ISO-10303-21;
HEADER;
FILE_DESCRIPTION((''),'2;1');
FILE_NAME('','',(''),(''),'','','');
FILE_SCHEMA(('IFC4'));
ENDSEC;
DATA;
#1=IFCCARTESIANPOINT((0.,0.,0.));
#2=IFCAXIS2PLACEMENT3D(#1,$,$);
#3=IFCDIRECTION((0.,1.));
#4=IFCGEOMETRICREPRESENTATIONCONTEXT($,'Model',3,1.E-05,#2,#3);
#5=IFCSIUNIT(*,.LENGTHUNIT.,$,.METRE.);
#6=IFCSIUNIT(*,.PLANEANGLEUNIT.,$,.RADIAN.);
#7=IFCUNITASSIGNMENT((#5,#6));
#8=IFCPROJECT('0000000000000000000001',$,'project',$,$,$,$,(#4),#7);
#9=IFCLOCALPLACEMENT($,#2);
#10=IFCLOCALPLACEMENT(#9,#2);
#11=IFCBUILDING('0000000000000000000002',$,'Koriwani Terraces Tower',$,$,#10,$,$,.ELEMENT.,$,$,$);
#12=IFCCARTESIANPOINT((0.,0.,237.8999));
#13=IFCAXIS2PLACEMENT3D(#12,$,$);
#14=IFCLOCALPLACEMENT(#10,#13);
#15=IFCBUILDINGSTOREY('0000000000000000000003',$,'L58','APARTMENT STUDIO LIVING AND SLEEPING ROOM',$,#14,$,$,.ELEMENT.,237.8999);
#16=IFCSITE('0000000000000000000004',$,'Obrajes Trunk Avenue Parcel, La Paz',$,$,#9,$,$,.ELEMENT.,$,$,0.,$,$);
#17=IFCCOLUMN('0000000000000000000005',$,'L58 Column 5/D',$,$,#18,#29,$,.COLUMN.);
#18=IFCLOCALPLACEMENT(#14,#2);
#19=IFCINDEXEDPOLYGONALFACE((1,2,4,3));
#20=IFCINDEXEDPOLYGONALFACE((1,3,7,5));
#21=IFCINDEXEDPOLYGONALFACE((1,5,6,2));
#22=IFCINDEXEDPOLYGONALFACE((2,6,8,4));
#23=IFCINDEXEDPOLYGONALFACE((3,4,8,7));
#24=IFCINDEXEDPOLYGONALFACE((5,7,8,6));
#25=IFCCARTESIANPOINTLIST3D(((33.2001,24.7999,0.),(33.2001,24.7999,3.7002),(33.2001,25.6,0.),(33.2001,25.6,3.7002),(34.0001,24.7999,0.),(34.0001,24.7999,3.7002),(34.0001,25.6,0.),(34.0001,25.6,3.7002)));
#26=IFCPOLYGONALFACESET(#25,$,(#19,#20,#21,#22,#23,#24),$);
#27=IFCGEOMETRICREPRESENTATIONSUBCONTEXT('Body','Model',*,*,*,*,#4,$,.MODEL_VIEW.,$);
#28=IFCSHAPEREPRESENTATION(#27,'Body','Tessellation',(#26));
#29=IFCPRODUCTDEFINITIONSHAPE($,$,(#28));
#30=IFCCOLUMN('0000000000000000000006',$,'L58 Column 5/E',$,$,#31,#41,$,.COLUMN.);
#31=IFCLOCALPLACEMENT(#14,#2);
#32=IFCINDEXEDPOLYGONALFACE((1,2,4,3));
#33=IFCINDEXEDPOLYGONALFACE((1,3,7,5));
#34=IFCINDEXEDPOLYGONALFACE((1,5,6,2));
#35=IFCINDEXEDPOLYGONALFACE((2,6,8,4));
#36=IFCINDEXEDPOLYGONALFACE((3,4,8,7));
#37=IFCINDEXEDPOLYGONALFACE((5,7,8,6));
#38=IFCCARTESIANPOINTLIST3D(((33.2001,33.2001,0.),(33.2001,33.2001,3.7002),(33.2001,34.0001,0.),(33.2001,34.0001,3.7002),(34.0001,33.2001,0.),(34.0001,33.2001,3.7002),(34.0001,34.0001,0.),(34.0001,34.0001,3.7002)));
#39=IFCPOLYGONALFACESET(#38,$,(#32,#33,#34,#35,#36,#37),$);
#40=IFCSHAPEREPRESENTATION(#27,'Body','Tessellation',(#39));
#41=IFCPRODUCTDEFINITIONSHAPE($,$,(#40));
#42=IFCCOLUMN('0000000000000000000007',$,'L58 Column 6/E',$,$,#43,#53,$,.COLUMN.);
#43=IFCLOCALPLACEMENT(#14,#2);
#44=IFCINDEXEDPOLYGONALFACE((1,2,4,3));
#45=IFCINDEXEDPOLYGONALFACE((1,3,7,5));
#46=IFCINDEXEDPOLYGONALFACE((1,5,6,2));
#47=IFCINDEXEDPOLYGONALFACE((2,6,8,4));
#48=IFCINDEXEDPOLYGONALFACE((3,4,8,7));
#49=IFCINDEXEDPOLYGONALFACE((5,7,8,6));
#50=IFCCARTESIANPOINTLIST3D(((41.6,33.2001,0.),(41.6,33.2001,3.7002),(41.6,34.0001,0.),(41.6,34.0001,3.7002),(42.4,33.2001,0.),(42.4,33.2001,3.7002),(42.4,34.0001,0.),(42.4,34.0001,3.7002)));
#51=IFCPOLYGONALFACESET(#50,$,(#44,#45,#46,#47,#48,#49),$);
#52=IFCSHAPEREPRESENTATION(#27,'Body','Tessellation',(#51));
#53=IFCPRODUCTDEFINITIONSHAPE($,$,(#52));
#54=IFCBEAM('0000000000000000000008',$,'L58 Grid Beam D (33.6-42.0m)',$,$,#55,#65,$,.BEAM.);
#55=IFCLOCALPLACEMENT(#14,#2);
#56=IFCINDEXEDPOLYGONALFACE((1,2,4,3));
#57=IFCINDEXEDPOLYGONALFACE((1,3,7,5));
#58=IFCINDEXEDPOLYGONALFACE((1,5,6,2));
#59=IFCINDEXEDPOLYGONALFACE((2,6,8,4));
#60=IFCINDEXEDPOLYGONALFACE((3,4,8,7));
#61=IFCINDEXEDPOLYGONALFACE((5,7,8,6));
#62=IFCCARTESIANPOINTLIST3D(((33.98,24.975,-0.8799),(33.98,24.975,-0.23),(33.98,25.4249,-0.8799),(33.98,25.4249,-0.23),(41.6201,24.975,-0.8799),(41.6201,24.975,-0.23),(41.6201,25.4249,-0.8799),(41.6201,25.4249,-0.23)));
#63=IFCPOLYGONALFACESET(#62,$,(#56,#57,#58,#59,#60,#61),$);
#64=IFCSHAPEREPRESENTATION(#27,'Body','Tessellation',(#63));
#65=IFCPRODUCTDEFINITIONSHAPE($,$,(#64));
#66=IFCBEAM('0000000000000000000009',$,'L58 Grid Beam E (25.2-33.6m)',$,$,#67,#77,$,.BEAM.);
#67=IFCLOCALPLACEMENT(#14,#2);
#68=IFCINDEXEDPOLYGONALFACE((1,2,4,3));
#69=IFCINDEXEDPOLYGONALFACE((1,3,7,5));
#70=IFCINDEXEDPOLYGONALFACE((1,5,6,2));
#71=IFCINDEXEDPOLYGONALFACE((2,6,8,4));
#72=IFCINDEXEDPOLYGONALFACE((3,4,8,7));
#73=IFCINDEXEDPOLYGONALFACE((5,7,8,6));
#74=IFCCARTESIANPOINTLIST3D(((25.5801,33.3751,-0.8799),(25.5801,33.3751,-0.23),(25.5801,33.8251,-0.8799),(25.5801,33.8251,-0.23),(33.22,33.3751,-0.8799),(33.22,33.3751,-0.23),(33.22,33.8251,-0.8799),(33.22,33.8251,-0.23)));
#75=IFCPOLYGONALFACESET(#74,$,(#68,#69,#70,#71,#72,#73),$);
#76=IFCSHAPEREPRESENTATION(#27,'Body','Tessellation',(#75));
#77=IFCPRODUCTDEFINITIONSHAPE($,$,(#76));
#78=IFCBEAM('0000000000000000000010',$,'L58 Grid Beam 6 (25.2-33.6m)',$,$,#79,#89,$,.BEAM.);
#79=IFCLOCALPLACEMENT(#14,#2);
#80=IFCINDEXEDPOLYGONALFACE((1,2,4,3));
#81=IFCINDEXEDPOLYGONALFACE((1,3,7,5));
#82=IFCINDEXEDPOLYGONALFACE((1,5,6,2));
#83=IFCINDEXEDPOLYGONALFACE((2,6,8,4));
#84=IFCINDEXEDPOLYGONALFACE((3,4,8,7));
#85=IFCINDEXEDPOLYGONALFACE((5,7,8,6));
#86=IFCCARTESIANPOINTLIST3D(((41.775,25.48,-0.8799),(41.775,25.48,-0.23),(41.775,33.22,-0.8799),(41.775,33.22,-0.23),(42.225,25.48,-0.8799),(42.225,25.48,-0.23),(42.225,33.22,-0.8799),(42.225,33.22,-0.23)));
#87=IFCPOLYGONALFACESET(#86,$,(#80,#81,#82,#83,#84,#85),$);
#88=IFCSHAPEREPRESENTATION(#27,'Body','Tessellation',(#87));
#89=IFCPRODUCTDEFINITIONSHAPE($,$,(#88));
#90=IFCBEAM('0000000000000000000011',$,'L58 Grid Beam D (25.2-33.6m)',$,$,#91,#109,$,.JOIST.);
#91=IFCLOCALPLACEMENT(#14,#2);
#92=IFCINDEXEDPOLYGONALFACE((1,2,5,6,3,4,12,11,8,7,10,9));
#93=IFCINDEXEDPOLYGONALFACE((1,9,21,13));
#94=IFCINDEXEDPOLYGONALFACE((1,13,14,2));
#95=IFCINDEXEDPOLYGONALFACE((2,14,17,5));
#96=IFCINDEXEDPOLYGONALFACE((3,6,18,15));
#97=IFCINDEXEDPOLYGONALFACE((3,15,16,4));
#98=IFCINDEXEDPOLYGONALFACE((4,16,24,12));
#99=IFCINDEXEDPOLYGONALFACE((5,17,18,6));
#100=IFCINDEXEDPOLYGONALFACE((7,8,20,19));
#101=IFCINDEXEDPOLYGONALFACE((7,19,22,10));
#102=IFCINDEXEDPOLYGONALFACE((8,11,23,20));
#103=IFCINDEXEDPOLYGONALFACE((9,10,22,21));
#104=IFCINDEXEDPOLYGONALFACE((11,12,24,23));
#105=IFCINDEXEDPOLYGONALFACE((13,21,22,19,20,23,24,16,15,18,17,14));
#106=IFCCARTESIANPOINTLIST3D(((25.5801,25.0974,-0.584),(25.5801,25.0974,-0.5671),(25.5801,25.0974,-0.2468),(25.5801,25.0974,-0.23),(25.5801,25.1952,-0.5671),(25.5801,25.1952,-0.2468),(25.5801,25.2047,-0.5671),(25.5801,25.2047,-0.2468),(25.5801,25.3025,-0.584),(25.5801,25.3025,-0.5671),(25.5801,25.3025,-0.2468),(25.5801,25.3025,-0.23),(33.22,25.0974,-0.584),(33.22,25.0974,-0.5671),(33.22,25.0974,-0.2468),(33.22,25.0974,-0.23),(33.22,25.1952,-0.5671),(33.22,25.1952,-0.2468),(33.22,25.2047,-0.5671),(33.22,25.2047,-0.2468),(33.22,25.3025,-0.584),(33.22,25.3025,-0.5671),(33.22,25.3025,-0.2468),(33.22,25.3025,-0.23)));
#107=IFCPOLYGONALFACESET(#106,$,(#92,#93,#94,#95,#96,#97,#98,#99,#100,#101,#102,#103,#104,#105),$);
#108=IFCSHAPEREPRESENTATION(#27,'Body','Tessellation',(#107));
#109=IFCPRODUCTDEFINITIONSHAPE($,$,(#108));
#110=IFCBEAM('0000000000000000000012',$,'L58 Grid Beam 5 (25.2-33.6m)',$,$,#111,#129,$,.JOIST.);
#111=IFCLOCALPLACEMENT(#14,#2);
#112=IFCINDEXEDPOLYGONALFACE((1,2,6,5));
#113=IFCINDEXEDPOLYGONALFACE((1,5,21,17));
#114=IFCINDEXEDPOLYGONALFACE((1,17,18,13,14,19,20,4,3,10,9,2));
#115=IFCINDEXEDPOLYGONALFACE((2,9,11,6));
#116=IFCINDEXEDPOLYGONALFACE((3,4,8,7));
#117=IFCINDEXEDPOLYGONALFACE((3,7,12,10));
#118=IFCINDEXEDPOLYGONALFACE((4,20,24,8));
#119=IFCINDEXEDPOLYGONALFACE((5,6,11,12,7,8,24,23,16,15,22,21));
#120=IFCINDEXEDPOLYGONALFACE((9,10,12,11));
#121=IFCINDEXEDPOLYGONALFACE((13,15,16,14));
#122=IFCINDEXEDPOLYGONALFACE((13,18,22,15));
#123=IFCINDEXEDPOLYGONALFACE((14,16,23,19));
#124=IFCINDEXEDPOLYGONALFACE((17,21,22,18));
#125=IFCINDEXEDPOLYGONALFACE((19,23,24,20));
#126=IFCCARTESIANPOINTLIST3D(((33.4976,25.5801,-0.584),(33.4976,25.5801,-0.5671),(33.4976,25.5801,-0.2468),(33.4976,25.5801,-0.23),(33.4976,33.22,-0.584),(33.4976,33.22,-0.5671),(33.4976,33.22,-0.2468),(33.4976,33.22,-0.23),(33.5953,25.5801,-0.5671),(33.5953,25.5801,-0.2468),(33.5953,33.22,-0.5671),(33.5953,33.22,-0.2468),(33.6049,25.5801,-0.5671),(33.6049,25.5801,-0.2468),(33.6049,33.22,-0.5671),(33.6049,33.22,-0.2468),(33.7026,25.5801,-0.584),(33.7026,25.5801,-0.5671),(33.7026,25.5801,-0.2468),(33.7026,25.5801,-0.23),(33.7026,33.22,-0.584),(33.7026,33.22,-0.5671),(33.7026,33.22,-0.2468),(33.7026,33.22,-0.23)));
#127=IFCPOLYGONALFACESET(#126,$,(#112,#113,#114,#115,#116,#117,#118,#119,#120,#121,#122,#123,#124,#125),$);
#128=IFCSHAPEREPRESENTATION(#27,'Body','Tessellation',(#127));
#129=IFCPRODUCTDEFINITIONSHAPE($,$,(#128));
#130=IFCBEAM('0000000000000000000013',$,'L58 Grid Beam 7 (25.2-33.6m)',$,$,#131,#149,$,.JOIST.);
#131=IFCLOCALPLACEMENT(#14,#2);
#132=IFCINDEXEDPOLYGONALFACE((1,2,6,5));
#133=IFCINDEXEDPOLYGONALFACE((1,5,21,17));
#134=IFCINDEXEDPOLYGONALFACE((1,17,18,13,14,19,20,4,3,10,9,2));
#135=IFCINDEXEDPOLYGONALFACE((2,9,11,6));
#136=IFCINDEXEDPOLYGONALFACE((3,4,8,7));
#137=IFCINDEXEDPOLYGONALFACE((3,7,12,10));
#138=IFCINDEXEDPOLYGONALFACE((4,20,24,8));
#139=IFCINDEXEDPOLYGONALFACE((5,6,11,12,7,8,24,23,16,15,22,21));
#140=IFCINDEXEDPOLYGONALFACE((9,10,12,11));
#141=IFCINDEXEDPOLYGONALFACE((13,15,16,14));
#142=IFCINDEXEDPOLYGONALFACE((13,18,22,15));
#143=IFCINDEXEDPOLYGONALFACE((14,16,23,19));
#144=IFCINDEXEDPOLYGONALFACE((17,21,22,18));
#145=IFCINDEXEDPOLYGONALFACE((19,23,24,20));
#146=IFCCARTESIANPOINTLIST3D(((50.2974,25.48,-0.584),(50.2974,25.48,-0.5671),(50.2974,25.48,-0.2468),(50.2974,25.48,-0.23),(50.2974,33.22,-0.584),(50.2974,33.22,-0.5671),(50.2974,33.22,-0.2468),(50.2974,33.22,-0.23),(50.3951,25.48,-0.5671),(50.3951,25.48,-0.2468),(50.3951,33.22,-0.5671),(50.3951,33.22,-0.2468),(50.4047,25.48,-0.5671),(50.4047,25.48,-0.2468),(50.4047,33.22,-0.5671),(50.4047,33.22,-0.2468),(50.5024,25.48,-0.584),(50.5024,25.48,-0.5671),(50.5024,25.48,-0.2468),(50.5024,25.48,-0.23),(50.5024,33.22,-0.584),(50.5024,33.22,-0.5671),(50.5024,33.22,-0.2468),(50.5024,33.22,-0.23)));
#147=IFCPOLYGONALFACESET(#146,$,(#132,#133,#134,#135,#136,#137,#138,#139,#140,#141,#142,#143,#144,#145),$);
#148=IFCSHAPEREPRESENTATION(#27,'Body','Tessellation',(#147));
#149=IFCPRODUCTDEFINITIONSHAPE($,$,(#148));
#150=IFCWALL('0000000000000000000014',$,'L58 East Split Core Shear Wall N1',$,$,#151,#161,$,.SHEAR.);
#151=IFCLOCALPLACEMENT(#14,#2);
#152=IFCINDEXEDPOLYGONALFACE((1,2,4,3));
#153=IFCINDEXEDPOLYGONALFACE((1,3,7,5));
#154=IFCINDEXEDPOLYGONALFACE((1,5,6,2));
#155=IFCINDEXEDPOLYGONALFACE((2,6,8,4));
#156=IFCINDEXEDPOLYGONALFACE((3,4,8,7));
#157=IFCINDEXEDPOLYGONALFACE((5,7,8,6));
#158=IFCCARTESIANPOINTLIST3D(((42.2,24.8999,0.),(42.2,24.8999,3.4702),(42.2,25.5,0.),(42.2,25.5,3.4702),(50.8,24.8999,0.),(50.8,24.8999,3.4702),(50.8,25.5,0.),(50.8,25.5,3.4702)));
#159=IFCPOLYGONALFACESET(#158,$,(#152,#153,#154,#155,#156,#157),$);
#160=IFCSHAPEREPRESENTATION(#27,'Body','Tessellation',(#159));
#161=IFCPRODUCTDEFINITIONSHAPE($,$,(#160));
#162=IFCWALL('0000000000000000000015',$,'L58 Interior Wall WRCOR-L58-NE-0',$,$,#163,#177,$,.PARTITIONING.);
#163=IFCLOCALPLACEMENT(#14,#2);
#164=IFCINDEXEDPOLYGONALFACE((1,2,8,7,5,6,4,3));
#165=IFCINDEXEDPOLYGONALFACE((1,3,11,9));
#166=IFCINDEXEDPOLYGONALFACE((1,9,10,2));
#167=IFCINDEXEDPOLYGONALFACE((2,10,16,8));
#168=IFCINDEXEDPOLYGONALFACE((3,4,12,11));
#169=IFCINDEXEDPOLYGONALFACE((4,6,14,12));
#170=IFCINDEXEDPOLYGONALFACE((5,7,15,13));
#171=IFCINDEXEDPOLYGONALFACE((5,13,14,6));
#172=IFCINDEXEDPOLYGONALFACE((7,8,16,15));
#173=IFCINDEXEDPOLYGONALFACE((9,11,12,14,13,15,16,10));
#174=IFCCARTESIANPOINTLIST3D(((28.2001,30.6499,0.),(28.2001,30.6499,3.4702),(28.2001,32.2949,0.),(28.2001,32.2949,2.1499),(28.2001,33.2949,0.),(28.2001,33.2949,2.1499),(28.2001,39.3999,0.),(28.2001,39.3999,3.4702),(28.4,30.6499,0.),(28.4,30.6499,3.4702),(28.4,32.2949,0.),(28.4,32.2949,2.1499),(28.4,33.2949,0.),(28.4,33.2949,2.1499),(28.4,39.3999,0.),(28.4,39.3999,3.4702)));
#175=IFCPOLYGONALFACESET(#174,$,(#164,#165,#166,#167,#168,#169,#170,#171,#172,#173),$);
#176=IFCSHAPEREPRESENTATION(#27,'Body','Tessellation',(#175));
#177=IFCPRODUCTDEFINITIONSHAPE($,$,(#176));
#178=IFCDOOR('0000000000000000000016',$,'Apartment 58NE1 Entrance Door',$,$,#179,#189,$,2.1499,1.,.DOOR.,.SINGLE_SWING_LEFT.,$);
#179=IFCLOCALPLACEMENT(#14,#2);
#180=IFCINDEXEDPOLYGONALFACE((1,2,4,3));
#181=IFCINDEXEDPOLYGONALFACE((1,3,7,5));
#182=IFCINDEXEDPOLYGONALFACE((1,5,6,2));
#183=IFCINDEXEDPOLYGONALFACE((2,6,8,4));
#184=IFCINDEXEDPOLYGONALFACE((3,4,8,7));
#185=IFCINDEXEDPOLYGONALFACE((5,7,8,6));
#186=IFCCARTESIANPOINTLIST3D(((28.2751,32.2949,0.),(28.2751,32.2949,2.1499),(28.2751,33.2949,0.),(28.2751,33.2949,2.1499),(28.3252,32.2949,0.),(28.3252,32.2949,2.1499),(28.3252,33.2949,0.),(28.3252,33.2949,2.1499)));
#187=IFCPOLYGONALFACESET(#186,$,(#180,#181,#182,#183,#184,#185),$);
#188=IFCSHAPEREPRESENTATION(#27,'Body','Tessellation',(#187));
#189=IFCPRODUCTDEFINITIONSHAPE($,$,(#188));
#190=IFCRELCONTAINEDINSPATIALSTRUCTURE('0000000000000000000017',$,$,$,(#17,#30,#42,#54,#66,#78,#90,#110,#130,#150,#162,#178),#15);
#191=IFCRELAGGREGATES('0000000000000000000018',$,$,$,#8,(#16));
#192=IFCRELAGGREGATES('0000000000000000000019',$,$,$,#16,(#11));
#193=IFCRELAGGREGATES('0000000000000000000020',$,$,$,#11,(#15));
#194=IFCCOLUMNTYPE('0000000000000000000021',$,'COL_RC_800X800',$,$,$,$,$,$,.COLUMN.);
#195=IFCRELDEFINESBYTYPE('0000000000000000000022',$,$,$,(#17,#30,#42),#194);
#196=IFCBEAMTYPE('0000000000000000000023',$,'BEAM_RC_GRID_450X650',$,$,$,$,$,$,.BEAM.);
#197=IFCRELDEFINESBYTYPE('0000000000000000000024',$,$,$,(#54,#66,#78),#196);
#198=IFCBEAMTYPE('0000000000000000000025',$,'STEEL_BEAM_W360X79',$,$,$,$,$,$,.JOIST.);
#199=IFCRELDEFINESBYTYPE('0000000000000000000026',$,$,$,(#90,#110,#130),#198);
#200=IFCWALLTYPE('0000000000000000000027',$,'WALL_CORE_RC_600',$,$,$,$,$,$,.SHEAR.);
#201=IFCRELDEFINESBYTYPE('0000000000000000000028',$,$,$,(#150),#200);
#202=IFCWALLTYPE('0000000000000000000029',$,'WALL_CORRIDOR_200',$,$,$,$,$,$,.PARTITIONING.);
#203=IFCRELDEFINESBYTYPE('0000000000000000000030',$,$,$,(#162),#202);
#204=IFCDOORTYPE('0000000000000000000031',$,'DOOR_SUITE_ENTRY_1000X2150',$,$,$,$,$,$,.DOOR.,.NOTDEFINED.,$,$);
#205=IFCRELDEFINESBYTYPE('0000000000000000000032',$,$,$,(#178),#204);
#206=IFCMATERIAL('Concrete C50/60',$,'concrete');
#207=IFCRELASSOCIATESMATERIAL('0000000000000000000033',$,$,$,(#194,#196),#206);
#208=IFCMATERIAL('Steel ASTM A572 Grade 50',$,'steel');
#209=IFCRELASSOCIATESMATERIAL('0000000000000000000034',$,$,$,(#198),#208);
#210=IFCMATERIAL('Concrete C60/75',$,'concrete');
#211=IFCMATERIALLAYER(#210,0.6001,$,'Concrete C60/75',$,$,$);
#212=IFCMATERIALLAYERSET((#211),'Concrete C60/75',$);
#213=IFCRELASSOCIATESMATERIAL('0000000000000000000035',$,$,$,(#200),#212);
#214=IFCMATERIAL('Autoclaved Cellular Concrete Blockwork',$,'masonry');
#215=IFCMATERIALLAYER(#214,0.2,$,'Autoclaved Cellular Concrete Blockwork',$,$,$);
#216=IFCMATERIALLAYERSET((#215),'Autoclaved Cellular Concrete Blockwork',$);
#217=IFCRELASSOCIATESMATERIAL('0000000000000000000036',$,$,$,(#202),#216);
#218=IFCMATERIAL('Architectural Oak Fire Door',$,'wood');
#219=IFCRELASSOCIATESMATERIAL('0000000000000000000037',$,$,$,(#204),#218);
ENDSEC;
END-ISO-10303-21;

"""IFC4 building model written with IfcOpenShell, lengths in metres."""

from ifc_helpers import new_model, si_unit, direction, frame, frame_2d, origin, origin_2d, place, context, subcontext, project, spatial, rectangle, i_section, extrude, material, layer, layer_set, material_profile, profile_set, type_object, element, fill, save


model = new_model("IFC4")

# Units and contexts
model_context = context("Model", 3, precision=1e-05, world=origin(), true_north=direction((0.0, 1.0)))
body_context = subcontext(model_context, "Body", "Model", "MODEL_VIEW")
ifc_project = project(units=[si_unit("LENGTHUNIT", "METRE"), si_unit("PLANEANGLEUNIT", "RADIAN")], contexts=[model_context])

# Site, building, storey
site_placement = place(None, origin())
site = spatial("IfcSite", under=ifc_project, at=site_placement, Name="Obrajes Trunk Avenue Parcel, La Paz", CompositionType="ELEMENT", RefElevation=0.0)
building_placement = place(site_placement, origin())
building = spatial("IfcBuilding", under=site, at=building_placement, Name="Koriwani Terraces Tower", CompositionType="ELEMENT")
storey_placement = place(building_placement, frame((0.0, 0.0, 237.8999)))
storey = spatial("IfcBuildingStorey", under=building, at=storey_placement, Name="L58", Description="APARTMENT STUDIO LIVING AND SLEEPING ROOM", CompositionType="ELEMENT", Elevation=237.8999)

# Columns
ifc_material_1 = material(Name="Concrete C50/60", Category="concrete")
ifc_material_profile_1 = material_profile(ifc_material_1, rectangle(XDim=0.8, YDim=0.8, at=origin_2d()), Name="Concrete C50/60", Category="LoadBearing")
ifc_profile_set_1 = profile_set([ifc_material_profile_1], Name="Concrete C50/60")
column_type = type_object("IfcColumnType", Name="COL_RC_800X800", PredefinedType="COLUMN", material=ifc_profile_set_1)
for number, where, z_axis, x_axis, name in (
    (1, (33.6001, 25.2, 0.0), (0.0, 0.0, 1.0), (1.0, 0.0, 0.0), "L58 Column 5/D"),
    (2, (33.6001, 33.6001, 0.0), (0.0, 0.0, 1.0), (1.0, 0.0, 0.0), "L58 Column 5/E"),
    (3, (42.0, 33.6001, 0.0), (0.0, 0.0, 1.0), (1.0, 0.0, 0.0), "L58 Column 6/E"),
):
    element("IfcColumn", number, at=place(storey_placement, frame(where, z_axis=z_axis, x_axis=x_axis)), inside=storey, type_object=column_type, Name=name, PredefinedType="COLUMN", context=body_context, shape_type="SweptSolid", body=[
        extrude(rectangle(XDim=0.8, YDim=0.8, at=origin_2d()), origin(), (0.0, 0.0, 1.0), 3.7002),
    ])

# Beams
ifc_material_profile_2 = material_profile(ifc_material_1, rectangle(XDim=0.45, YDim=0.6499, at=origin_2d()), Name="Concrete C50/60", Category="LoadBearing")
ifc_profile_set_2 = profile_set([ifc_material_profile_2], Name="Concrete C50/60")
beam_type_1 = type_object("IfcBeamType", Name="BEAM_RC_GRID_450X650", PredefinedType="BEAM", material=ifc_profile_set_2)
beam_1_placement = place(storey_placement, frame((33.98, 25.2, -0.5549), z_axis=(1.0, 0.0, 0.0), x_axis=(0.0, 1.0, 0.0)))
element("IfcBeam", 4, at=beam_1_placement, inside=storey, type_object=beam_type_1, Name="L58 Grid Beam D (33.6-42.0m)", PredefinedType="BEAM", context=body_context, shape_type="SweptSolid", body=[
    extrude(rectangle(XDim=0.45, YDim=0.6499, at=origin_2d()), origin(), (0.0, 0.0, 1.0), 7.6401),
])
beam_2_placement = place(storey_placement, frame((25.5801, 33.6001, -0.5549), z_axis=(1.0, 0.0, 0.0), x_axis=(0.0, 1.0, 0.0)))
element("IfcBeam", 5, at=beam_2_placement, inside=storey, type_object=beam_type_1, Name="L58 Grid Beam E (25.2-33.6m)", PredefinedType="BEAM", context=body_context, shape_type="SweptSolid", body=[
    extrude(rectangle(XDim=0.45, YDim=0.6499, at=origin_2d()), origin(), (0.0, 0.0, 1.0), 7.6399),
])
beam_3_placement = place(storey_placement, frame((42.0, 25.48, -0.5549), z_axis=(0.0, 1.0, 0.0), x_axis=(-1.0, 0.0, 0.0)))
element("IfcBeam", 6, at=beam_3_placement, inside=storey, type_object=beam_type_1, Name="L58 Grid Beam 6 (25.2-33.6m)", PredefinedType="BEAM", context=body_context, shape_type="SweptSolid", body=[
    extrude(rectangle(XDim=0.45, YDim=0.6499, at=origin_2d()), origin(), (0.0, 0.0, 1.0), 7.74),
])
ifc_material_2 = material(Name="Steel ASTM A572 Grade 50", Category="steel")
ifc_material_profile_3 = material_profile(ifc_material_2, i_section(OverallWidth=0.2051, OverallDepth=0.354, WebThickness=0.0095, FlangeThickness=0.0168, at=origin_2d()), Name="Steel ASTM A572 Grade 50", Category="LoadBearing")
ifc_profile_set_3 = profile_set([ifc_material_profile_3], Name="Steel ASTM A572 Grade 50")
beam_type_2 = type_object("IfcBeamType", Name="STEEL_BEAM_W360X79", PredefinedType="JOIST", material=ifc_profile_set_3)
for number, where, z_axis, x_axis, name in (
    (7, (25.5801, 25.2, -0.407), (1.0, 0.0, 0.0), (0.0, 1.0, 0.0), "L58 Grid Beam D (25.2-33.6m)"),
    (8, (33.6001, 25.5801, -0.407), (0.0, 1.0, 0.0), (-1.0, 0.0, 0.0), "L58 Grid Beam 5 (25.2-33.6m)"),
):
    element("IfcBeam", number, at=place(storey_placement, frame(where, z_axis=z_axis, x_axis=x_axis)), inside=storey, type_object=beam_type_2, Name=name, PredefinedType="JOIST", context=body_context, shape_type="SweptSolid", body=[
        extrude(i_section(OverallWidth=0.2051, OverallDepth=0.354, WebThickness=0.0095, FlangeThickness=0.0168, at=origin_2d()), origin(), (0.0, 0.0, 1.0), 7.6399),
    ])
beam_4_placement = place(storey_placement, frame((50.3999, 25.48, -0.407), z_axis=(0.0, 1.0, 0.0), x_axis=(-1.0, 0.0, 0.0)))
element("IfcBeam", 9, at=beam_4_placement, inside=storey, type_object=beam_type_2, Name="L58 Grid Beam 7 (25.2-33.6m)", PredefinedType="JOIST", context=body_context, shape_type="SweptSolid", body=[
    extrude(i_section(OverallWidth=0.2051, OverallDepth=0.354, WebThickness=0.0095, FlangeThickness=0.0168, at=origin_2d()), origin(), (0.0, 0.0, 1.0), 7.74),
])

# Wall
ifc_material_3 = material(Name="Concrete C60/75", Category="concrete")
ifc_layer_1 = layer(ifc_material_3, 0.6001, Name="Concrete C60/75")
ifc_layer_set_1 = layer_set([ifc_layer_1], Name="Concrete C60/75")
wall_type_1 = type_object("IfcWallType", Name="WALL_CORE_RC_600", PredefinedType="SHEAR", material=ifc_layer_set_1)
wall_1_placement = place(storey_placement, frame((42.2, 25.2, 0.0), z_axis=(0.0, 0.0, 1.0), x_axis=(1.0, 0.0, 0.0)))
element("IfcWall", 10, at=wall_1_placement, inside=storey, type_object=wall_type_1, Name="L58 East Split Core Shear Wall N1", PredefinedType="SHEAR", context=body_context, shape_type="SweptSolid", body=[
    extrude(rectangle(XDim=8.6001, YDim=0.6001, at=frame_2d((4.3, 0.0))), origin(), (0.0, 0.0, 1.0), 3.4702),
])

# Wall, opening, door
ifc_material_4 = material(Name="Autoclaved Cellular Concrete Blockwork", Category="masonry")
ifc_layer_2 = layer(ifc_material_4, 0.2, Name="Autoclaved Cellular Concrete Blockwork")
ifc_layer_set_2 = layer_set([ifc_layer_2], Name="Autoclaved Cellular Concrete Blockwork")
wall_type_2 = type_object("IfcWallType", Name="WALL_CORRIDOR_200", PredefinedType="PARTITIONING", material=ifc_layer_set_2)
wall_2_placement = place(storey_placement, frame((28.3, 30.6499, 0.0), z_axis=(0.0, 0.0, 1.0), x_axis=(0.0, 1.0, 0.0)))
wall_2 = element("IfcWall", 11, at=wall_2_placement, inside=storey, type_object=wall_type_2, Name="L58 Interior Wall WRCOR-L58-NE-0", PredefinedType="PARTITIONING", context=body_context, shape_type="SweptSolid", body=[
    extrude(rectangle(XDim=8.75, YDim=0.2, at=frame_2d((4.375, 0.0))), origin(), (0.0, 0.0, 1.0), 3.4702),
])
opening_1_placement = place(wall_2_placement, frame((1.645, 0.0, 0.0)))
opening_1 = element("IfcOpeningElement", 12, at=opening_1_placement, cuts=wall_2, PredefinedType="OPENING", context=body_context, shape_type="SweptSolid", body=[
    extrude(rectangle(XDim=1.0, YDim=2.1499, at=frame_2d((0.5, 1.075))), frame((0.0, 0.1099, 0.0), z_axis=(0.0, -1.0, 0.0), x_axis=(1.0, 0.0, 0.0)), (0.0, 0.0, 1.0), 0.22),
])
ifc_material_5 = material(Name="Architectural Oak Fire Door", Category="wood")
door_type_1 = type_object("IfcDoorType", Name="DOOR_SUITE_ENTRY_1000X2150", OperationType="NOTDEFINED", PredefinedType="DOOR", material=ifc_material_5)
door_1_placement = place(opening_1_placement, origin())
door_1 = element("IfcDoor", 13, at=door_1_placement, inside=storey, type_object=door_type_1, Name="Apartment 58NE1 Entrance Door", OperationType="SINGLE_SWING_LEFT", OverallHeight=2.1499, OverallWidth=1.0, PredefinedType="DOOR", context=body_context, shape_type="SweptSolid", body=[
    extrude(rectangle(XDim=1.0, YDim=2.1499, at=frame_2d((0.5, 1.075))), frame((0.0, 0.0249, 0.0), z_axis=(0.0, -1.0, 0.0), x_axis=(1.0, 0.0, 0.0)), (0.0, 0.0, 1.0), 0.05),
])
fill(opening_1, door_1)

save(model, "model.ifc")
